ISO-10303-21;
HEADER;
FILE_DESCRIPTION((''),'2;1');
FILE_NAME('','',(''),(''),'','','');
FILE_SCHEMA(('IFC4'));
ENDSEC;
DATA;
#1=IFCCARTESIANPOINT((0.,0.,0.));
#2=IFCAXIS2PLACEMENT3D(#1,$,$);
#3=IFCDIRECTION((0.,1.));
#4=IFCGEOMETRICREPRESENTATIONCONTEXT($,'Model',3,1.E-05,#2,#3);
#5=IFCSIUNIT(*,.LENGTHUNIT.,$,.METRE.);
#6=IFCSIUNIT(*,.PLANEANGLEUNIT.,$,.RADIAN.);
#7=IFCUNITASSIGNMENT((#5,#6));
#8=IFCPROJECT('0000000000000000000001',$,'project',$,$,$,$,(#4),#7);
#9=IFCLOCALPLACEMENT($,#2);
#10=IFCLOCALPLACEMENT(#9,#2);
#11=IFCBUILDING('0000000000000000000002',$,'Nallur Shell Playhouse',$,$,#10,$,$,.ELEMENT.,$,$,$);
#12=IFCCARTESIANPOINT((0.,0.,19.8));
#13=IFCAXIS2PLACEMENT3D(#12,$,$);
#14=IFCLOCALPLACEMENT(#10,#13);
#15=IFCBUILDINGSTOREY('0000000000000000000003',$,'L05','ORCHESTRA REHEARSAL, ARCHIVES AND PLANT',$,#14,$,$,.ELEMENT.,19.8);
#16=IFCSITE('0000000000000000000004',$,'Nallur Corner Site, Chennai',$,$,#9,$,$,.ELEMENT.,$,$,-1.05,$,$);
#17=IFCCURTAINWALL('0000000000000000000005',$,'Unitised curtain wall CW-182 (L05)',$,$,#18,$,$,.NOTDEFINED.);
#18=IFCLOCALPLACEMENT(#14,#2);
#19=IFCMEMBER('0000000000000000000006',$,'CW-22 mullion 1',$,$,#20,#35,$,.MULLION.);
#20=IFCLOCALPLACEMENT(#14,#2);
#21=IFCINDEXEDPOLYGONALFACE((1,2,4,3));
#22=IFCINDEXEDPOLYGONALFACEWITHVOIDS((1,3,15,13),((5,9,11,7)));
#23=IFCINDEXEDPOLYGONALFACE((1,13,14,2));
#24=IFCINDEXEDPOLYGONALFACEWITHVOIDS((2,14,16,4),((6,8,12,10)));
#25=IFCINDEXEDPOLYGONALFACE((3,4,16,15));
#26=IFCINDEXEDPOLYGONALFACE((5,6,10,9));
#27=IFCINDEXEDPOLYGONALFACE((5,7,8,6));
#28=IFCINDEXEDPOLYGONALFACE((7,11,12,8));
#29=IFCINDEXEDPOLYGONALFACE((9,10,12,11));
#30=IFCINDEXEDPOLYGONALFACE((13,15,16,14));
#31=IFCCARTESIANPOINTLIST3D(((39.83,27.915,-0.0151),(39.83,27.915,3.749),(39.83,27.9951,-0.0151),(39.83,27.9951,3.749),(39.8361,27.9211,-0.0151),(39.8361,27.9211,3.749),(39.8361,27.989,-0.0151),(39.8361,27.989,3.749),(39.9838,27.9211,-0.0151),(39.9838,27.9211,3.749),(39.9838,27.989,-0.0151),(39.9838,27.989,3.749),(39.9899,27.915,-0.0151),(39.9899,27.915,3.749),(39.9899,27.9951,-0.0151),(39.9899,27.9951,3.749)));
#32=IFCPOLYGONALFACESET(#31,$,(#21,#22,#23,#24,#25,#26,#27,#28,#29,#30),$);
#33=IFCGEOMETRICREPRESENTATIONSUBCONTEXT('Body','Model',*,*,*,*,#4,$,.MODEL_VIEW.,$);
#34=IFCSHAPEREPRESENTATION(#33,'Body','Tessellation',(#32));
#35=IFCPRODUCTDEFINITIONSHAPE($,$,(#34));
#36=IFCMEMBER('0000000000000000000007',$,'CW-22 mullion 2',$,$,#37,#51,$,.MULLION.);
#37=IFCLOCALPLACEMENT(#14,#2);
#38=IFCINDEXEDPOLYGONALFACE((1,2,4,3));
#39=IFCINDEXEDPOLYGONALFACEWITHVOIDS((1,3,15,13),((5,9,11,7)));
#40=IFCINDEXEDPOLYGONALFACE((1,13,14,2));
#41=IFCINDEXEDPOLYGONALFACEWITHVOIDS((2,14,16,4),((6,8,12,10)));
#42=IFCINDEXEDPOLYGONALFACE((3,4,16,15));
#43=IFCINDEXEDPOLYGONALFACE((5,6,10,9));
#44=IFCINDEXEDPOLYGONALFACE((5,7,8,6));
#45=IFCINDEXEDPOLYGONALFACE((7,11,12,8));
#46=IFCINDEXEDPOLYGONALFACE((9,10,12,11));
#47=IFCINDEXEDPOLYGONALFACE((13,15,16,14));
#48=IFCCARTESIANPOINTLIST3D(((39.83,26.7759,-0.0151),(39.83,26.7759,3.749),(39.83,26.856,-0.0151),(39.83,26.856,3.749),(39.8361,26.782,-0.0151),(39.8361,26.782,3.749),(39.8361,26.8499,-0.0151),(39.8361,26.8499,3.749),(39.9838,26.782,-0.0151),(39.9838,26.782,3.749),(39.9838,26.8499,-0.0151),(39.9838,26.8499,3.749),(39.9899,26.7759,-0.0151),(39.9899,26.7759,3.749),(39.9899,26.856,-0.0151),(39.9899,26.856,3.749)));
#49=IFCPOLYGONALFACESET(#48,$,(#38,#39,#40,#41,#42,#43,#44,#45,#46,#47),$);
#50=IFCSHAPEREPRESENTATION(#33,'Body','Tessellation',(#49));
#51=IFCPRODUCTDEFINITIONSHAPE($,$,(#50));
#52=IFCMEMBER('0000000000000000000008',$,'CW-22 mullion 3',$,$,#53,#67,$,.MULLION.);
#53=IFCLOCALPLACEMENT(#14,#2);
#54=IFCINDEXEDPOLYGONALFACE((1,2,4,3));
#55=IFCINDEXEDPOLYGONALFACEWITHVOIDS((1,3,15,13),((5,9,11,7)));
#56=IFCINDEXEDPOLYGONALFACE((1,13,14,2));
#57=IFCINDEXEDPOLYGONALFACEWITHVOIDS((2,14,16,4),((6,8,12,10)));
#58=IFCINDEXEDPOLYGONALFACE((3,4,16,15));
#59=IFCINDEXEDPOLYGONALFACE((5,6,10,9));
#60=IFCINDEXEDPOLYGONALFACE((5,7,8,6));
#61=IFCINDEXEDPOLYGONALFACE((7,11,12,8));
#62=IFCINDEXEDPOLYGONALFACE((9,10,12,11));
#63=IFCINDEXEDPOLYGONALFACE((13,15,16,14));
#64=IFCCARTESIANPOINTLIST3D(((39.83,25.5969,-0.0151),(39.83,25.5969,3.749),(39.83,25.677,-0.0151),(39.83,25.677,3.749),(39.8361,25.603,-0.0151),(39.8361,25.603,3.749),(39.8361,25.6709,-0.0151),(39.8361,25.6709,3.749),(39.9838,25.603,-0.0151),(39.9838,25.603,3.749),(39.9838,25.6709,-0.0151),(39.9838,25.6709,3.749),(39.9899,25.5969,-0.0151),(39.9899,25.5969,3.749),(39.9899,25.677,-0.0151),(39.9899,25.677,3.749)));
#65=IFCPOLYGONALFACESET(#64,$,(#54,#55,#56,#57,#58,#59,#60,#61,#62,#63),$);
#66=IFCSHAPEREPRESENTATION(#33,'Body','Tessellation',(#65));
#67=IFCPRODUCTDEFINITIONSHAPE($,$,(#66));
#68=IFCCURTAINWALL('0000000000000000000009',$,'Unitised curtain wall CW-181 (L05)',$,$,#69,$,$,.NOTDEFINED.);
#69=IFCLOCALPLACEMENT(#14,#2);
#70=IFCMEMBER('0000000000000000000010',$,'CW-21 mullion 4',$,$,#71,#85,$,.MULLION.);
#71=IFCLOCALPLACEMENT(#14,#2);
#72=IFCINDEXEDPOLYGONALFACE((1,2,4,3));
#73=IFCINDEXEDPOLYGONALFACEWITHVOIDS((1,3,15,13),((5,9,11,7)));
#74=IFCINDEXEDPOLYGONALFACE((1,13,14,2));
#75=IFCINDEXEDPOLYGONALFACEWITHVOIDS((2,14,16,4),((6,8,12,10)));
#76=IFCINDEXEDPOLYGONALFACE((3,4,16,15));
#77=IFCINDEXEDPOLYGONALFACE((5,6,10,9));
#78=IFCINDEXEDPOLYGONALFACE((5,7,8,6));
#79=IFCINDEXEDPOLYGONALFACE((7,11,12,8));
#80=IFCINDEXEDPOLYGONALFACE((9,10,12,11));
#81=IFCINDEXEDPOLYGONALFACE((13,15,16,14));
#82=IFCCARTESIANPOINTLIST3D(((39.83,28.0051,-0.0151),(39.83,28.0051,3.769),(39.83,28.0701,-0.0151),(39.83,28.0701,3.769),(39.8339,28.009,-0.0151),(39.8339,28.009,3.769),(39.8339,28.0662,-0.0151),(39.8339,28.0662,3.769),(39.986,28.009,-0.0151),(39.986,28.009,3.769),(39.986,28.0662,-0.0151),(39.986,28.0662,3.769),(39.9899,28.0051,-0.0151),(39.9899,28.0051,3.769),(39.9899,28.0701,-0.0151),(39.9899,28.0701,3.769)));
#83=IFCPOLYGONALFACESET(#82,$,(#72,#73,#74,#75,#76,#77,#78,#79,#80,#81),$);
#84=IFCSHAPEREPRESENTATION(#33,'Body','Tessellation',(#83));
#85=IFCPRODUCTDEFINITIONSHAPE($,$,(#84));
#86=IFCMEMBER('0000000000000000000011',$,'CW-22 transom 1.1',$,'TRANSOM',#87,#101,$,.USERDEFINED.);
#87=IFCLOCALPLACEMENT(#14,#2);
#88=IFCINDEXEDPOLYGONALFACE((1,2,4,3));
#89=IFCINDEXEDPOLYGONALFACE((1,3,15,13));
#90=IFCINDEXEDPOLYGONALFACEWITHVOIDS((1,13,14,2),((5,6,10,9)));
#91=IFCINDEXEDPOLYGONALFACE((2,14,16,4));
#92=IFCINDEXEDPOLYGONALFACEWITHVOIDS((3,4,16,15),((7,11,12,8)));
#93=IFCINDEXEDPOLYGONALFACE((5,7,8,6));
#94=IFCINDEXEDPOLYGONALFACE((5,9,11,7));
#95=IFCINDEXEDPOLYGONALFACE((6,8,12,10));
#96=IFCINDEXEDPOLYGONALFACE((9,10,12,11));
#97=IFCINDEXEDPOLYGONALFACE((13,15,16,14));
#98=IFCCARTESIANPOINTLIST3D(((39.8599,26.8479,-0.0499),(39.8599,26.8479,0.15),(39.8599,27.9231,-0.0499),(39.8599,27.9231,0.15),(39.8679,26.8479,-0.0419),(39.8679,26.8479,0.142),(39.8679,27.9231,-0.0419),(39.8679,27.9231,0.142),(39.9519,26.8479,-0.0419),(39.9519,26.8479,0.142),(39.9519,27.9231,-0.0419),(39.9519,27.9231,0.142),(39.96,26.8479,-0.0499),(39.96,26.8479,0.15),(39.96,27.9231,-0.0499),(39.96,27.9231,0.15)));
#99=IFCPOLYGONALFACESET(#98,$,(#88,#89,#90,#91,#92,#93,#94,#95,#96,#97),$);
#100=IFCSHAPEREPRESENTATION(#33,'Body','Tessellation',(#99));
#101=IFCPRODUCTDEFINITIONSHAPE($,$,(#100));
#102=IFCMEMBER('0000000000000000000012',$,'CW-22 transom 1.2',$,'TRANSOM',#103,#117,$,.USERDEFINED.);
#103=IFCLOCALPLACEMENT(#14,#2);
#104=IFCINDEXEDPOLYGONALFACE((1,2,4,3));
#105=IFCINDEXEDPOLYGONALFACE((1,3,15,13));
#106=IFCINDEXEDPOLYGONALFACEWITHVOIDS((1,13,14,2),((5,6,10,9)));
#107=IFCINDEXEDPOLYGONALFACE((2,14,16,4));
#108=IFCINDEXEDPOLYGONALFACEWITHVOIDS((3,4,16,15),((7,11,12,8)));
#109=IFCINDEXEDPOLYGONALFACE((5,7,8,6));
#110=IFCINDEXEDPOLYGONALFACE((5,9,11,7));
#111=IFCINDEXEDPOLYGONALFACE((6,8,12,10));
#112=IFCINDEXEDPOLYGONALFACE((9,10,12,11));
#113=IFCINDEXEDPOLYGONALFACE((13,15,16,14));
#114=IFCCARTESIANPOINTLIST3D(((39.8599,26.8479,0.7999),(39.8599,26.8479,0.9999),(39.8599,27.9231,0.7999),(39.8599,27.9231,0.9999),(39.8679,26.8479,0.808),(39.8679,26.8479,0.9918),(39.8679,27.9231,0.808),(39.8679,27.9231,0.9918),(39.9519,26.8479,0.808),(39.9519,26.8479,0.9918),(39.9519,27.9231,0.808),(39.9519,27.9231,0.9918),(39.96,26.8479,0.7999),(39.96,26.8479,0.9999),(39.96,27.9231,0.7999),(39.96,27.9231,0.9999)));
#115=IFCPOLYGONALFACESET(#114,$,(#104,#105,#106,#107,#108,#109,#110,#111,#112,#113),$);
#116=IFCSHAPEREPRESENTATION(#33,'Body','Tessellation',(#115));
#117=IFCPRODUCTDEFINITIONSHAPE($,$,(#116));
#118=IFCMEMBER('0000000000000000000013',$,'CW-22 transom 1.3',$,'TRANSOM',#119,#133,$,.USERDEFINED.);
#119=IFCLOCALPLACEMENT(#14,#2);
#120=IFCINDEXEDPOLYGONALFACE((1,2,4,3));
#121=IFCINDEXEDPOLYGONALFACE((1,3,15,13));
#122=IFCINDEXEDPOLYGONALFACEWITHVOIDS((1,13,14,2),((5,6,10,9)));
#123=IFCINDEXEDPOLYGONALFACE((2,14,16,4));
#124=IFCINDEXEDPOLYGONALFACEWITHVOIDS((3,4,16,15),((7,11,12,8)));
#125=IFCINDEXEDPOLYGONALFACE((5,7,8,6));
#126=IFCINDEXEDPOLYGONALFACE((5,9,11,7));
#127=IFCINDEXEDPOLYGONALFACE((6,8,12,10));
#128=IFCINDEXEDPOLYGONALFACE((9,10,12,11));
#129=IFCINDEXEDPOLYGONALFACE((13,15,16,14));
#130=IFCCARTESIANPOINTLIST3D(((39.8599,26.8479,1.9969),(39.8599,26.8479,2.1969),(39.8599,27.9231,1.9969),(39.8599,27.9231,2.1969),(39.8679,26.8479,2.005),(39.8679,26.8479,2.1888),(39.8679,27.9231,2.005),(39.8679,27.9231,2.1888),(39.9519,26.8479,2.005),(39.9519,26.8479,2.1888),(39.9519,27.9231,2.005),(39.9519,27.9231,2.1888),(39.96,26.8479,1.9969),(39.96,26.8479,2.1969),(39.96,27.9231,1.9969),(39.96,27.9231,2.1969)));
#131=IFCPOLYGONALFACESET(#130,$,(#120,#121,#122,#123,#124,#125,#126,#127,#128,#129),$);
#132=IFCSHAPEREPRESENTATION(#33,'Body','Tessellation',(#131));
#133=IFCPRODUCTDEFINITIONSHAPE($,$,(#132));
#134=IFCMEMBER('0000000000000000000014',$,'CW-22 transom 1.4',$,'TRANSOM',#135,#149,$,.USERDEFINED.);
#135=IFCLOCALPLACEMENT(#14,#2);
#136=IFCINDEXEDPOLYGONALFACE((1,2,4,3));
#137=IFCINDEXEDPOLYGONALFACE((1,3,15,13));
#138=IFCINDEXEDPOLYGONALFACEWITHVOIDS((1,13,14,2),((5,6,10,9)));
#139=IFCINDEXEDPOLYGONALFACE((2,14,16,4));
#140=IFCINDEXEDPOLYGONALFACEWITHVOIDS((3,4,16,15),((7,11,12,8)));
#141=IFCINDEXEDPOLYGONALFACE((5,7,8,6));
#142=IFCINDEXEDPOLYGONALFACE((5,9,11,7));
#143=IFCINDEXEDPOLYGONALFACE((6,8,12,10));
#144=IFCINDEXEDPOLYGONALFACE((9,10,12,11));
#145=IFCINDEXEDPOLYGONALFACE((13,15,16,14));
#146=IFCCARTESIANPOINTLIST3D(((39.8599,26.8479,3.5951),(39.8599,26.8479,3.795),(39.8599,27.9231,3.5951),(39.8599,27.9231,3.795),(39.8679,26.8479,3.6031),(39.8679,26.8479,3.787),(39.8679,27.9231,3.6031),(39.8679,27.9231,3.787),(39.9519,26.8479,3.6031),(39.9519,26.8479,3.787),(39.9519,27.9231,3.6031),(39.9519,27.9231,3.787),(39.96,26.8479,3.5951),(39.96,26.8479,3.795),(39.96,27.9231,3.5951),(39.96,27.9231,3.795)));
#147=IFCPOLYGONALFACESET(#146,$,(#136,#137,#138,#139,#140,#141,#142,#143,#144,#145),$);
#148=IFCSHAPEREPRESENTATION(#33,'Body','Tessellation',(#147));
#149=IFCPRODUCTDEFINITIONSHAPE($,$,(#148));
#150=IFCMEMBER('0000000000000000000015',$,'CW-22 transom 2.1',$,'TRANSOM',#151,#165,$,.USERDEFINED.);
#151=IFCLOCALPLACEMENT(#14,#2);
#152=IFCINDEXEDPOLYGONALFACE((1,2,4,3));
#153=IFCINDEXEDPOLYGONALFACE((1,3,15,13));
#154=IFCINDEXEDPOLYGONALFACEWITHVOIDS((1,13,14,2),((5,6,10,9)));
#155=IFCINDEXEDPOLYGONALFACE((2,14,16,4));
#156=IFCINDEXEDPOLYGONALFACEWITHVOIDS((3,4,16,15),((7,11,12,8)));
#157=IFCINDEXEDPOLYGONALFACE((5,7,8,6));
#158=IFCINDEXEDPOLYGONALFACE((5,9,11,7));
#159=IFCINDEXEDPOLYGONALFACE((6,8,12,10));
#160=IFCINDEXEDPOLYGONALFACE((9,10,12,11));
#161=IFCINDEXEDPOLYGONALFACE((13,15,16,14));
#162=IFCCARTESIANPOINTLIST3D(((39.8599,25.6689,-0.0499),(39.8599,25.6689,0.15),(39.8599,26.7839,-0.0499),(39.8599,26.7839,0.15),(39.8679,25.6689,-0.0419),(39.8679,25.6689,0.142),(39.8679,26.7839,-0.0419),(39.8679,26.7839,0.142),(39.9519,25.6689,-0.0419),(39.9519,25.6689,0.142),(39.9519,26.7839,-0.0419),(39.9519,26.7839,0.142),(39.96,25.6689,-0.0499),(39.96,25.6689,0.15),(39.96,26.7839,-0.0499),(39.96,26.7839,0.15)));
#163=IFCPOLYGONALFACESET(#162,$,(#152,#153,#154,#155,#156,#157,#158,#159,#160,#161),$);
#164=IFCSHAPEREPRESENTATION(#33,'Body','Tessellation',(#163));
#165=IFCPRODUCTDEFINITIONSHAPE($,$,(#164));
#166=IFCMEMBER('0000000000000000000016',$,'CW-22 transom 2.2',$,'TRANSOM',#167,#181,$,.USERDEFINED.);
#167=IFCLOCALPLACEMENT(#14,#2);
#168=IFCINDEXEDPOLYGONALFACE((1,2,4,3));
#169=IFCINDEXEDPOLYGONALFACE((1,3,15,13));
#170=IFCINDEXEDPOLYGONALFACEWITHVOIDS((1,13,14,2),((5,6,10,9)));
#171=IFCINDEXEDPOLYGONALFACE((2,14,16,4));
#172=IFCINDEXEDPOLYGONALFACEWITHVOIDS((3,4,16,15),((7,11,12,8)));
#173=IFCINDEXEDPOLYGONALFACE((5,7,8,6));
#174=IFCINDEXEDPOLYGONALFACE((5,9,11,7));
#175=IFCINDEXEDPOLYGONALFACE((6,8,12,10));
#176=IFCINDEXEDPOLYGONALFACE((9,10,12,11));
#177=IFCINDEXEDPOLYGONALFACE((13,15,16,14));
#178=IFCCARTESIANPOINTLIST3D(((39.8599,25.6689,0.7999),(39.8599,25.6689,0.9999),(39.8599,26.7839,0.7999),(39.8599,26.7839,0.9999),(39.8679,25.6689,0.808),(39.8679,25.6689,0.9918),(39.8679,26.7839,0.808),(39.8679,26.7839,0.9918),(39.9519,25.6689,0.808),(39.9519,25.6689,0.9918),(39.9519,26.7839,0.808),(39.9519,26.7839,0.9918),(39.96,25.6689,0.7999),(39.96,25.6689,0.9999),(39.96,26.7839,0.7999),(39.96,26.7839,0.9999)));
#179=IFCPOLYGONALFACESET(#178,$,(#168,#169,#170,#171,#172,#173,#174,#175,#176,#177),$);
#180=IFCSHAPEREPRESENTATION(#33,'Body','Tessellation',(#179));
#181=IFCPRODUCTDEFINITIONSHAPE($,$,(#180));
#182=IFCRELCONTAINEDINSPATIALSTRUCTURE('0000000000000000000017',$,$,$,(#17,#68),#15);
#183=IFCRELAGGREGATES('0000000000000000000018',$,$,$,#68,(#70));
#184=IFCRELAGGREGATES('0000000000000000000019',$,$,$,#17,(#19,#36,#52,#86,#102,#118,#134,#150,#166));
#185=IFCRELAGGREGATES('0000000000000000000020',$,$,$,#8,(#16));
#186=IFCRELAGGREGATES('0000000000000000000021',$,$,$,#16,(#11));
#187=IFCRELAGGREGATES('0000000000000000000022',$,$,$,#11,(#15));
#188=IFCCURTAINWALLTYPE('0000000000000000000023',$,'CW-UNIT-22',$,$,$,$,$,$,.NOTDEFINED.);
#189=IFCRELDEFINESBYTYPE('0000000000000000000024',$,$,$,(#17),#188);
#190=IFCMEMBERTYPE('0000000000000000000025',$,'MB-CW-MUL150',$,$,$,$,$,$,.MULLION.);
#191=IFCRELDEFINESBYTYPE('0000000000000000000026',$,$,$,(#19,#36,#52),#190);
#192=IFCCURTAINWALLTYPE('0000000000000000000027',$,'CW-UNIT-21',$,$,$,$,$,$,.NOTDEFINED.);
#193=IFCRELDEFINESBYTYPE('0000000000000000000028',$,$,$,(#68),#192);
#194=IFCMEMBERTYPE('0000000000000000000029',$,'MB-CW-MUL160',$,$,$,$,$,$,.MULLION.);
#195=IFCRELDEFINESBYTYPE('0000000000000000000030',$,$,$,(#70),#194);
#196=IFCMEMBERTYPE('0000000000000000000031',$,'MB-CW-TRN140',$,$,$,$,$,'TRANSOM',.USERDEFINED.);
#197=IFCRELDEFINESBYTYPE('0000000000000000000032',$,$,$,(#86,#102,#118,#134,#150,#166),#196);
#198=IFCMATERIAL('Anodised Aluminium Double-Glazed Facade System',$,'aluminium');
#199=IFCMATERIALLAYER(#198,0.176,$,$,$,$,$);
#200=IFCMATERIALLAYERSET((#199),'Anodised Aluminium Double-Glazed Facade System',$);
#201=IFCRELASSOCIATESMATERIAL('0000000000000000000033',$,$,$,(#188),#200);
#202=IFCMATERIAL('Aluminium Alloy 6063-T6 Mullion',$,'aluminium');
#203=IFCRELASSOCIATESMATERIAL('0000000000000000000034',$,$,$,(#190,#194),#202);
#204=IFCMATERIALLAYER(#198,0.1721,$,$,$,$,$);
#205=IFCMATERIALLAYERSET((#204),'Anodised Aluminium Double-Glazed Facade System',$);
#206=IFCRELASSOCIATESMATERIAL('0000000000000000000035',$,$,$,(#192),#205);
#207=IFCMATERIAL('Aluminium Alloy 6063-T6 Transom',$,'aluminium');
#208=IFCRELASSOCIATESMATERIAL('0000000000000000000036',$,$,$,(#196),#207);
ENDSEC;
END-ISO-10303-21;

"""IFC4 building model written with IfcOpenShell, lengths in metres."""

from ifc_helpers import new_model, si_unit, direction, frame, origin, origin_2d, place, context, subcontext, project, spatial, hollow_rectangle, extrude, material, layer, layer_set, material_profile, profile_set, type_object, element, aggregate, save


model = new_model("IFC4")

# Units and contexts
model_context = context("Model", 3, precision=1e-05, world=origin(), true_north=direction((0.0, 1.0)))
body_context = subcontext(model_context, "Body", "Model", "MODEL_VIEW")
ifc_project = project(units=[si_unit("LENGTHUNIT", "METRE"), si_unit("PLANEANGLEUNIT", "RADIAN")], contexts=[model_context])

# Site, building, storey
site_placement = place(None, origin())
site = spatial("IfcSite", under=ifc_project, at=site_placement, Name="Nallur Corner Site, Chennai", CompositionType="ELEMENT", RefElevation=-1.05)
building_placement = place(site_placement, origin())
building = spatial("IfcBuilding", under=site, at=building_placement, Name="Nallur Shell Playhouse", CompositionType="ELEMENT")
storey_placement = place(building_placement, frame((0.0, 0.0, 19.8)))
storey = spatial("IfcBuildingStorey", under=building, at=storey_placement, Name="L05", Description="ORCHESTRA REHEARSAL, ARCHIVES AND PLANT", CompositionType="ELEMENT", Elevation=19.8)

# Curtain wall, members
ifc_material_1 = material(Name="Anodised Aluminium Double-Glazed Facade System", Category="aluminium")
ifc_layer_1 = layer(ifc_material_1, 0.176)
ifc_layer_set_1 = layer_set([ifc_layer_1], Name="Anodised Aluminium Double-Glazed Facade System")
curtain_wall_type_1 = type_object("IfcCurtainWallType", Name="CW-UNIT-22", PredefinedType="NOTDEFINED", material=ifc_layer_set_1)
curtain_wall_1_placement = place(storey_placement, origin())
curtain_wall_1 = element("IfcCurtainWall", 1, at=curtain_wall_1_placement, inside=storey, type_object=curtain_wall_type_1, Name="Unitised curtain wall CW-182 (L05)", PredefinedType="NOTDEFINED")
ifc_material_2 = material(Name="Aluminium Alloy 6063-T6 Mullion", Category="aluminium")
ifc_material_profile_1 = material_profile(ifc_material_2, hollow_rectangle(XDim=0.0801, YDim=0.1599, WallThickness=0.0061, at=origin_2d()), Name="RHS 160x80x6")
ifc_profile_set_1 = profile_set([ifc_material_profile_1], Name="Aluminium Alloy 6063-T6 Mullion")
member_type_1 = type_object("IfcMemberType", Name="MB-CW-MUL150", PredefinedType="MULLION", material=ifc_profile_set_1)
member_1_placement = place(storey_placement, frame((39.9099, 27.9551, -0.0151), z_axis=(0.0, 0.0, 1.0), x_axis=(0.0, -1.0, 0.0)))
member_1 = element("IfcMember", 2, at=member_1_placement, type_object=member_type_1, Name="CW-22 mullion 1", PredefinedType="MULLION", context=body_context, shape_type="SweptSolid", body=[
    extrude(hollow_rectangle(XDim=0.0801, YDim=0.1599, WallThickness=0.0061, at=origin_2d()), origin(), (0.0, 0.0, 1.0), 3.7642),
])
member_2_placement = place(storey_placement, frame((39.9099, 26.8159, -0.0151), z_axis=(0.0, 0.0, 1.0), x_axis=(0.0, -1.0, 0.0)))
member_2 = element("IfcMember", 3, at=member_2_placement, type_object=member_type_1, Name="CW-22 mullion 2", PredefinedType="MULLION", context=body_context, shape_type="SweptSolid", body=[
    extrude(hollow_rectangle(XDim=0.0801, YDim=0.1599, WallThickness=0.0061, at=origin_2d()), origin(), (0.0, 0.0, 1.0), 3.7642),
])
member_3_placement = place(storey_placement, frame((39.9099, 25.637, -0.0151), z_axis=(0.0, 0.0, 1.0), x_axis=(0.0, -1.0, 0.0)))
member_3 = element("IfcMember", 4, at=member_3_placement, type_object=member_type_1, Name="CW-22 mullion 3", PredefinedType="MULLION", context=body_context, shape_type="SweptSolid", body=[
    extrude(hollow_rectangle(XDim=0.0801, YDim=0.1599, WallThickness=0.0061, at=origin_2d()), origin(), (0.0, 0.0, 1.0), 3.7642),
])

# Curtain wall, member
ifc_layer_2 = layer(ifc_material_1, 0.1721)
ifc_layer_set_2 = layer_set([ifc_layer_2], Name="Anodised Aluminium Double-Glazed Facade System")
curtain_wall_type_2 = type_object("IfcCurtainWallType", Name="CW-UNIT-21", PredefinedType="NOTDEFINED", material=ifc_layer_set_2)
curtain_wall_2_placement = place(storey_placement, origin())
curtain_wall_2 = element("IfcCurtainWall", 5, at=curtain_wall_2_placement, inside=storey, type_object=curtain_wall_type_2, Name="Unitised curtain wall CW-181 (L05)", PredefinedType="NOTDEFINED")
ifc_material_profile_2 = material_profile(ifc_material_2, hollow_rectangle(XDim=0.0649, YDim=0.1599, WallThickness=0.0039, at=origin_2d()), Name="ALU 65x160x4")
ifc_profile_set_2 = profile_set([ifc_material_profile_2], Name="Aluminium Alloy 6063-T6 Mullion")
member_type_2 = type_object("IfcMemberType", Name="MB-CW-MUL160", PredefinedType="MULLION", material=ifc_profile_set_2)
member_4_placement = place(storey_placement, frame((39.9099, 28.0376, -0.0151), z_axis=(0.0, 0.0, 1.0), x_axis=(0.0, -1.0, 0.0)))
member_4 = element("IfcMember", 6, at=member_4_placement, type_object=member_type_2, Name="CW-21 mullion 4", PredefinedType="MULLION", context=body_context, shape_type="SweptSolid", body=[
    extrude(hollow_rectangle(XDim=0.0649, YDim=0.1599, WallThickness=0.0039, at=origin_2d()), origin(), (0.0, 0.0, 1.0), 3.7842),
])

# Members
ifc_material_3 = material(Name="Aluminium Alloy 6063-T6 Transom", Category="aluminium")
ifc_material_profile_3 = material_profile(ifc_material_3, hollow_rectangle(XDim=0.1001, YDim=0.2, WallThickness=0.0081, at=origin_2d()), Name="RHS 200x100x8")
ifc_profile_set_3 = profile_set([ifc_material_profile_3], Name="Aluminium Alloy 6063-T6 Transom")
member_type_3 = type_object("IfcMemberType", Name="MB-CW-TRN140", ElementType="TRANSOM", PredefinedType="USERDEFINED", material=ifc_profile_set_3)
member_5_placement = place(storey_placement, frame((39.9099, 27.9231, 0.05), z_axis=(0.0, -1.0, 0.0), x_axis=(1.0, 0.0, 0.0)))
member_5 = element("IfcMember", 7, at=member_5_placement, type_object=member_type_3, Name="CW-22 transom 1.1", ObjectType="TRANSOM", PredefinedType="USERDEFINED", context=body_context, shape_type="SweptSolid", body=[
    extrude(hollow_rectangle(XDim=0.1001, YDim=0.2, WallThickness=0.0081, at=origin_2d()), origin(), (0.0, 0.0, 1.0), 1.0752),
])
member_6_placement = place(storey_placement, frame((39.9099, 27.9231, 0.8999), z_axis=(0.0, -1.0, 0.0), x_axis=(1.0, 0.0, 0.0)))
member_6 = element("IfcMember", 8, at=member_6_placement, type_object=member_type_3, Name="CW-22 transom 1.2", ObjectType="TRANSOM", PredefinedType="USERDEFINED", context=body_context, shape_type="SweptSolid", body=[
    extrude(hollow_rectangle(XDim=0.1001, YDim=0.2, WallThickness=0.0081, at=origin_2d()), origin(), (0.0, 0.0, 1.0), 1.0752),
])
member_7_placement = place(storey_placement, frame((39.9099, 27.9231, 2.0969), z_axis=(0.0, -1.0, 0.0), x_axis=(1.0, 0.0, 0.0)))
member_7 = element("IfcMember", 9, at=member_7_placement, type_object=member_type_3, Name="CW-22 transom 1.3", ObjectType="TRANSOM", PredefinedType="USERDEFINED", context=body_context, shape_type="SweptSolid", body=[
    extrude(hollow_rectangle(XDim=0.1001, YDim=0.2, WallThickness=0.0081, at=origin_2d()), origin(), (0.0, 0.0, 1.0), 1.0752),
])
member_8_placement = place(storey_placement, frame((39.9099, 27.9231, 3.6951), z_axis=(0.0, -1.0, 0.0), x_axis=(1.0, 0.0, 0.0)))
member_8 = element("IfcMember", 10, at=member_8_placement, type_object=member_type_3, Name="CW-22 transom 1.4", ObjectType="TRANSOM", PredefinedType="USERDEFINED", context=body_context, shape_type="SweptSolid", body=[
    extrude(hollow_rectangle(XDim=0.1001, YDim=0.2, WallThickness=0.0081, at=origin_2d()), origin(), (0.0, 0.0, 1.0), 1.0752),
])
member_9_placement = place(storey_placement, frame((39.9099, 26.7839, 0.05), z_axis=(0.0, -1.0, 0.0), x_axis=(1.0, 0.0, 0.0)))
member_9 = element("IfcMember", 11, at=member_9_placement, type_object=member_type_3, Name="CW-22 transom 2.1", ObjectType="TRANSOM", PredefinedType="USERDEFINED", context=body_context, shape_type="SweptSolid", body=[
    extrude(hollow_rectangle(XDim=0.1001, YDim=0.2, WallThickness=0.0081, at=origin_2d()), origin(), (0.0, 0.0, 1.0), 1.115),
])
member_10_placement = place(storey_placement, frame((39.9099, 26.7839, 0.8999), z_axis=(0.0, -1.0, 0.0), x_axis=(1.0, 0.0, 0.0)))
member_10 = element("IfcMember", 12, at=member_10_placement, type_object=member_type_3, Name="CW-22 transom 2.2", ObjectType="TRANSOM", PredefinedType="USERDEFINED", context=body_context, shape_type="SweptSolid", body=[
    extrude(hollow_rectangle(XDim=0.1001, YDim=0.2, WallThickness=0.0081, at=origin_2d()), origin(), (0.0, 0.0, 1.0), 1.115),
])

aggregate(curtain_wall_2, [member_4])
aggregate(curtain_wall_1, [member_1, member_2, member_3, member_5, member_6, member_7, member_8, member_9, member_10])

save(model, "model.ifc")
